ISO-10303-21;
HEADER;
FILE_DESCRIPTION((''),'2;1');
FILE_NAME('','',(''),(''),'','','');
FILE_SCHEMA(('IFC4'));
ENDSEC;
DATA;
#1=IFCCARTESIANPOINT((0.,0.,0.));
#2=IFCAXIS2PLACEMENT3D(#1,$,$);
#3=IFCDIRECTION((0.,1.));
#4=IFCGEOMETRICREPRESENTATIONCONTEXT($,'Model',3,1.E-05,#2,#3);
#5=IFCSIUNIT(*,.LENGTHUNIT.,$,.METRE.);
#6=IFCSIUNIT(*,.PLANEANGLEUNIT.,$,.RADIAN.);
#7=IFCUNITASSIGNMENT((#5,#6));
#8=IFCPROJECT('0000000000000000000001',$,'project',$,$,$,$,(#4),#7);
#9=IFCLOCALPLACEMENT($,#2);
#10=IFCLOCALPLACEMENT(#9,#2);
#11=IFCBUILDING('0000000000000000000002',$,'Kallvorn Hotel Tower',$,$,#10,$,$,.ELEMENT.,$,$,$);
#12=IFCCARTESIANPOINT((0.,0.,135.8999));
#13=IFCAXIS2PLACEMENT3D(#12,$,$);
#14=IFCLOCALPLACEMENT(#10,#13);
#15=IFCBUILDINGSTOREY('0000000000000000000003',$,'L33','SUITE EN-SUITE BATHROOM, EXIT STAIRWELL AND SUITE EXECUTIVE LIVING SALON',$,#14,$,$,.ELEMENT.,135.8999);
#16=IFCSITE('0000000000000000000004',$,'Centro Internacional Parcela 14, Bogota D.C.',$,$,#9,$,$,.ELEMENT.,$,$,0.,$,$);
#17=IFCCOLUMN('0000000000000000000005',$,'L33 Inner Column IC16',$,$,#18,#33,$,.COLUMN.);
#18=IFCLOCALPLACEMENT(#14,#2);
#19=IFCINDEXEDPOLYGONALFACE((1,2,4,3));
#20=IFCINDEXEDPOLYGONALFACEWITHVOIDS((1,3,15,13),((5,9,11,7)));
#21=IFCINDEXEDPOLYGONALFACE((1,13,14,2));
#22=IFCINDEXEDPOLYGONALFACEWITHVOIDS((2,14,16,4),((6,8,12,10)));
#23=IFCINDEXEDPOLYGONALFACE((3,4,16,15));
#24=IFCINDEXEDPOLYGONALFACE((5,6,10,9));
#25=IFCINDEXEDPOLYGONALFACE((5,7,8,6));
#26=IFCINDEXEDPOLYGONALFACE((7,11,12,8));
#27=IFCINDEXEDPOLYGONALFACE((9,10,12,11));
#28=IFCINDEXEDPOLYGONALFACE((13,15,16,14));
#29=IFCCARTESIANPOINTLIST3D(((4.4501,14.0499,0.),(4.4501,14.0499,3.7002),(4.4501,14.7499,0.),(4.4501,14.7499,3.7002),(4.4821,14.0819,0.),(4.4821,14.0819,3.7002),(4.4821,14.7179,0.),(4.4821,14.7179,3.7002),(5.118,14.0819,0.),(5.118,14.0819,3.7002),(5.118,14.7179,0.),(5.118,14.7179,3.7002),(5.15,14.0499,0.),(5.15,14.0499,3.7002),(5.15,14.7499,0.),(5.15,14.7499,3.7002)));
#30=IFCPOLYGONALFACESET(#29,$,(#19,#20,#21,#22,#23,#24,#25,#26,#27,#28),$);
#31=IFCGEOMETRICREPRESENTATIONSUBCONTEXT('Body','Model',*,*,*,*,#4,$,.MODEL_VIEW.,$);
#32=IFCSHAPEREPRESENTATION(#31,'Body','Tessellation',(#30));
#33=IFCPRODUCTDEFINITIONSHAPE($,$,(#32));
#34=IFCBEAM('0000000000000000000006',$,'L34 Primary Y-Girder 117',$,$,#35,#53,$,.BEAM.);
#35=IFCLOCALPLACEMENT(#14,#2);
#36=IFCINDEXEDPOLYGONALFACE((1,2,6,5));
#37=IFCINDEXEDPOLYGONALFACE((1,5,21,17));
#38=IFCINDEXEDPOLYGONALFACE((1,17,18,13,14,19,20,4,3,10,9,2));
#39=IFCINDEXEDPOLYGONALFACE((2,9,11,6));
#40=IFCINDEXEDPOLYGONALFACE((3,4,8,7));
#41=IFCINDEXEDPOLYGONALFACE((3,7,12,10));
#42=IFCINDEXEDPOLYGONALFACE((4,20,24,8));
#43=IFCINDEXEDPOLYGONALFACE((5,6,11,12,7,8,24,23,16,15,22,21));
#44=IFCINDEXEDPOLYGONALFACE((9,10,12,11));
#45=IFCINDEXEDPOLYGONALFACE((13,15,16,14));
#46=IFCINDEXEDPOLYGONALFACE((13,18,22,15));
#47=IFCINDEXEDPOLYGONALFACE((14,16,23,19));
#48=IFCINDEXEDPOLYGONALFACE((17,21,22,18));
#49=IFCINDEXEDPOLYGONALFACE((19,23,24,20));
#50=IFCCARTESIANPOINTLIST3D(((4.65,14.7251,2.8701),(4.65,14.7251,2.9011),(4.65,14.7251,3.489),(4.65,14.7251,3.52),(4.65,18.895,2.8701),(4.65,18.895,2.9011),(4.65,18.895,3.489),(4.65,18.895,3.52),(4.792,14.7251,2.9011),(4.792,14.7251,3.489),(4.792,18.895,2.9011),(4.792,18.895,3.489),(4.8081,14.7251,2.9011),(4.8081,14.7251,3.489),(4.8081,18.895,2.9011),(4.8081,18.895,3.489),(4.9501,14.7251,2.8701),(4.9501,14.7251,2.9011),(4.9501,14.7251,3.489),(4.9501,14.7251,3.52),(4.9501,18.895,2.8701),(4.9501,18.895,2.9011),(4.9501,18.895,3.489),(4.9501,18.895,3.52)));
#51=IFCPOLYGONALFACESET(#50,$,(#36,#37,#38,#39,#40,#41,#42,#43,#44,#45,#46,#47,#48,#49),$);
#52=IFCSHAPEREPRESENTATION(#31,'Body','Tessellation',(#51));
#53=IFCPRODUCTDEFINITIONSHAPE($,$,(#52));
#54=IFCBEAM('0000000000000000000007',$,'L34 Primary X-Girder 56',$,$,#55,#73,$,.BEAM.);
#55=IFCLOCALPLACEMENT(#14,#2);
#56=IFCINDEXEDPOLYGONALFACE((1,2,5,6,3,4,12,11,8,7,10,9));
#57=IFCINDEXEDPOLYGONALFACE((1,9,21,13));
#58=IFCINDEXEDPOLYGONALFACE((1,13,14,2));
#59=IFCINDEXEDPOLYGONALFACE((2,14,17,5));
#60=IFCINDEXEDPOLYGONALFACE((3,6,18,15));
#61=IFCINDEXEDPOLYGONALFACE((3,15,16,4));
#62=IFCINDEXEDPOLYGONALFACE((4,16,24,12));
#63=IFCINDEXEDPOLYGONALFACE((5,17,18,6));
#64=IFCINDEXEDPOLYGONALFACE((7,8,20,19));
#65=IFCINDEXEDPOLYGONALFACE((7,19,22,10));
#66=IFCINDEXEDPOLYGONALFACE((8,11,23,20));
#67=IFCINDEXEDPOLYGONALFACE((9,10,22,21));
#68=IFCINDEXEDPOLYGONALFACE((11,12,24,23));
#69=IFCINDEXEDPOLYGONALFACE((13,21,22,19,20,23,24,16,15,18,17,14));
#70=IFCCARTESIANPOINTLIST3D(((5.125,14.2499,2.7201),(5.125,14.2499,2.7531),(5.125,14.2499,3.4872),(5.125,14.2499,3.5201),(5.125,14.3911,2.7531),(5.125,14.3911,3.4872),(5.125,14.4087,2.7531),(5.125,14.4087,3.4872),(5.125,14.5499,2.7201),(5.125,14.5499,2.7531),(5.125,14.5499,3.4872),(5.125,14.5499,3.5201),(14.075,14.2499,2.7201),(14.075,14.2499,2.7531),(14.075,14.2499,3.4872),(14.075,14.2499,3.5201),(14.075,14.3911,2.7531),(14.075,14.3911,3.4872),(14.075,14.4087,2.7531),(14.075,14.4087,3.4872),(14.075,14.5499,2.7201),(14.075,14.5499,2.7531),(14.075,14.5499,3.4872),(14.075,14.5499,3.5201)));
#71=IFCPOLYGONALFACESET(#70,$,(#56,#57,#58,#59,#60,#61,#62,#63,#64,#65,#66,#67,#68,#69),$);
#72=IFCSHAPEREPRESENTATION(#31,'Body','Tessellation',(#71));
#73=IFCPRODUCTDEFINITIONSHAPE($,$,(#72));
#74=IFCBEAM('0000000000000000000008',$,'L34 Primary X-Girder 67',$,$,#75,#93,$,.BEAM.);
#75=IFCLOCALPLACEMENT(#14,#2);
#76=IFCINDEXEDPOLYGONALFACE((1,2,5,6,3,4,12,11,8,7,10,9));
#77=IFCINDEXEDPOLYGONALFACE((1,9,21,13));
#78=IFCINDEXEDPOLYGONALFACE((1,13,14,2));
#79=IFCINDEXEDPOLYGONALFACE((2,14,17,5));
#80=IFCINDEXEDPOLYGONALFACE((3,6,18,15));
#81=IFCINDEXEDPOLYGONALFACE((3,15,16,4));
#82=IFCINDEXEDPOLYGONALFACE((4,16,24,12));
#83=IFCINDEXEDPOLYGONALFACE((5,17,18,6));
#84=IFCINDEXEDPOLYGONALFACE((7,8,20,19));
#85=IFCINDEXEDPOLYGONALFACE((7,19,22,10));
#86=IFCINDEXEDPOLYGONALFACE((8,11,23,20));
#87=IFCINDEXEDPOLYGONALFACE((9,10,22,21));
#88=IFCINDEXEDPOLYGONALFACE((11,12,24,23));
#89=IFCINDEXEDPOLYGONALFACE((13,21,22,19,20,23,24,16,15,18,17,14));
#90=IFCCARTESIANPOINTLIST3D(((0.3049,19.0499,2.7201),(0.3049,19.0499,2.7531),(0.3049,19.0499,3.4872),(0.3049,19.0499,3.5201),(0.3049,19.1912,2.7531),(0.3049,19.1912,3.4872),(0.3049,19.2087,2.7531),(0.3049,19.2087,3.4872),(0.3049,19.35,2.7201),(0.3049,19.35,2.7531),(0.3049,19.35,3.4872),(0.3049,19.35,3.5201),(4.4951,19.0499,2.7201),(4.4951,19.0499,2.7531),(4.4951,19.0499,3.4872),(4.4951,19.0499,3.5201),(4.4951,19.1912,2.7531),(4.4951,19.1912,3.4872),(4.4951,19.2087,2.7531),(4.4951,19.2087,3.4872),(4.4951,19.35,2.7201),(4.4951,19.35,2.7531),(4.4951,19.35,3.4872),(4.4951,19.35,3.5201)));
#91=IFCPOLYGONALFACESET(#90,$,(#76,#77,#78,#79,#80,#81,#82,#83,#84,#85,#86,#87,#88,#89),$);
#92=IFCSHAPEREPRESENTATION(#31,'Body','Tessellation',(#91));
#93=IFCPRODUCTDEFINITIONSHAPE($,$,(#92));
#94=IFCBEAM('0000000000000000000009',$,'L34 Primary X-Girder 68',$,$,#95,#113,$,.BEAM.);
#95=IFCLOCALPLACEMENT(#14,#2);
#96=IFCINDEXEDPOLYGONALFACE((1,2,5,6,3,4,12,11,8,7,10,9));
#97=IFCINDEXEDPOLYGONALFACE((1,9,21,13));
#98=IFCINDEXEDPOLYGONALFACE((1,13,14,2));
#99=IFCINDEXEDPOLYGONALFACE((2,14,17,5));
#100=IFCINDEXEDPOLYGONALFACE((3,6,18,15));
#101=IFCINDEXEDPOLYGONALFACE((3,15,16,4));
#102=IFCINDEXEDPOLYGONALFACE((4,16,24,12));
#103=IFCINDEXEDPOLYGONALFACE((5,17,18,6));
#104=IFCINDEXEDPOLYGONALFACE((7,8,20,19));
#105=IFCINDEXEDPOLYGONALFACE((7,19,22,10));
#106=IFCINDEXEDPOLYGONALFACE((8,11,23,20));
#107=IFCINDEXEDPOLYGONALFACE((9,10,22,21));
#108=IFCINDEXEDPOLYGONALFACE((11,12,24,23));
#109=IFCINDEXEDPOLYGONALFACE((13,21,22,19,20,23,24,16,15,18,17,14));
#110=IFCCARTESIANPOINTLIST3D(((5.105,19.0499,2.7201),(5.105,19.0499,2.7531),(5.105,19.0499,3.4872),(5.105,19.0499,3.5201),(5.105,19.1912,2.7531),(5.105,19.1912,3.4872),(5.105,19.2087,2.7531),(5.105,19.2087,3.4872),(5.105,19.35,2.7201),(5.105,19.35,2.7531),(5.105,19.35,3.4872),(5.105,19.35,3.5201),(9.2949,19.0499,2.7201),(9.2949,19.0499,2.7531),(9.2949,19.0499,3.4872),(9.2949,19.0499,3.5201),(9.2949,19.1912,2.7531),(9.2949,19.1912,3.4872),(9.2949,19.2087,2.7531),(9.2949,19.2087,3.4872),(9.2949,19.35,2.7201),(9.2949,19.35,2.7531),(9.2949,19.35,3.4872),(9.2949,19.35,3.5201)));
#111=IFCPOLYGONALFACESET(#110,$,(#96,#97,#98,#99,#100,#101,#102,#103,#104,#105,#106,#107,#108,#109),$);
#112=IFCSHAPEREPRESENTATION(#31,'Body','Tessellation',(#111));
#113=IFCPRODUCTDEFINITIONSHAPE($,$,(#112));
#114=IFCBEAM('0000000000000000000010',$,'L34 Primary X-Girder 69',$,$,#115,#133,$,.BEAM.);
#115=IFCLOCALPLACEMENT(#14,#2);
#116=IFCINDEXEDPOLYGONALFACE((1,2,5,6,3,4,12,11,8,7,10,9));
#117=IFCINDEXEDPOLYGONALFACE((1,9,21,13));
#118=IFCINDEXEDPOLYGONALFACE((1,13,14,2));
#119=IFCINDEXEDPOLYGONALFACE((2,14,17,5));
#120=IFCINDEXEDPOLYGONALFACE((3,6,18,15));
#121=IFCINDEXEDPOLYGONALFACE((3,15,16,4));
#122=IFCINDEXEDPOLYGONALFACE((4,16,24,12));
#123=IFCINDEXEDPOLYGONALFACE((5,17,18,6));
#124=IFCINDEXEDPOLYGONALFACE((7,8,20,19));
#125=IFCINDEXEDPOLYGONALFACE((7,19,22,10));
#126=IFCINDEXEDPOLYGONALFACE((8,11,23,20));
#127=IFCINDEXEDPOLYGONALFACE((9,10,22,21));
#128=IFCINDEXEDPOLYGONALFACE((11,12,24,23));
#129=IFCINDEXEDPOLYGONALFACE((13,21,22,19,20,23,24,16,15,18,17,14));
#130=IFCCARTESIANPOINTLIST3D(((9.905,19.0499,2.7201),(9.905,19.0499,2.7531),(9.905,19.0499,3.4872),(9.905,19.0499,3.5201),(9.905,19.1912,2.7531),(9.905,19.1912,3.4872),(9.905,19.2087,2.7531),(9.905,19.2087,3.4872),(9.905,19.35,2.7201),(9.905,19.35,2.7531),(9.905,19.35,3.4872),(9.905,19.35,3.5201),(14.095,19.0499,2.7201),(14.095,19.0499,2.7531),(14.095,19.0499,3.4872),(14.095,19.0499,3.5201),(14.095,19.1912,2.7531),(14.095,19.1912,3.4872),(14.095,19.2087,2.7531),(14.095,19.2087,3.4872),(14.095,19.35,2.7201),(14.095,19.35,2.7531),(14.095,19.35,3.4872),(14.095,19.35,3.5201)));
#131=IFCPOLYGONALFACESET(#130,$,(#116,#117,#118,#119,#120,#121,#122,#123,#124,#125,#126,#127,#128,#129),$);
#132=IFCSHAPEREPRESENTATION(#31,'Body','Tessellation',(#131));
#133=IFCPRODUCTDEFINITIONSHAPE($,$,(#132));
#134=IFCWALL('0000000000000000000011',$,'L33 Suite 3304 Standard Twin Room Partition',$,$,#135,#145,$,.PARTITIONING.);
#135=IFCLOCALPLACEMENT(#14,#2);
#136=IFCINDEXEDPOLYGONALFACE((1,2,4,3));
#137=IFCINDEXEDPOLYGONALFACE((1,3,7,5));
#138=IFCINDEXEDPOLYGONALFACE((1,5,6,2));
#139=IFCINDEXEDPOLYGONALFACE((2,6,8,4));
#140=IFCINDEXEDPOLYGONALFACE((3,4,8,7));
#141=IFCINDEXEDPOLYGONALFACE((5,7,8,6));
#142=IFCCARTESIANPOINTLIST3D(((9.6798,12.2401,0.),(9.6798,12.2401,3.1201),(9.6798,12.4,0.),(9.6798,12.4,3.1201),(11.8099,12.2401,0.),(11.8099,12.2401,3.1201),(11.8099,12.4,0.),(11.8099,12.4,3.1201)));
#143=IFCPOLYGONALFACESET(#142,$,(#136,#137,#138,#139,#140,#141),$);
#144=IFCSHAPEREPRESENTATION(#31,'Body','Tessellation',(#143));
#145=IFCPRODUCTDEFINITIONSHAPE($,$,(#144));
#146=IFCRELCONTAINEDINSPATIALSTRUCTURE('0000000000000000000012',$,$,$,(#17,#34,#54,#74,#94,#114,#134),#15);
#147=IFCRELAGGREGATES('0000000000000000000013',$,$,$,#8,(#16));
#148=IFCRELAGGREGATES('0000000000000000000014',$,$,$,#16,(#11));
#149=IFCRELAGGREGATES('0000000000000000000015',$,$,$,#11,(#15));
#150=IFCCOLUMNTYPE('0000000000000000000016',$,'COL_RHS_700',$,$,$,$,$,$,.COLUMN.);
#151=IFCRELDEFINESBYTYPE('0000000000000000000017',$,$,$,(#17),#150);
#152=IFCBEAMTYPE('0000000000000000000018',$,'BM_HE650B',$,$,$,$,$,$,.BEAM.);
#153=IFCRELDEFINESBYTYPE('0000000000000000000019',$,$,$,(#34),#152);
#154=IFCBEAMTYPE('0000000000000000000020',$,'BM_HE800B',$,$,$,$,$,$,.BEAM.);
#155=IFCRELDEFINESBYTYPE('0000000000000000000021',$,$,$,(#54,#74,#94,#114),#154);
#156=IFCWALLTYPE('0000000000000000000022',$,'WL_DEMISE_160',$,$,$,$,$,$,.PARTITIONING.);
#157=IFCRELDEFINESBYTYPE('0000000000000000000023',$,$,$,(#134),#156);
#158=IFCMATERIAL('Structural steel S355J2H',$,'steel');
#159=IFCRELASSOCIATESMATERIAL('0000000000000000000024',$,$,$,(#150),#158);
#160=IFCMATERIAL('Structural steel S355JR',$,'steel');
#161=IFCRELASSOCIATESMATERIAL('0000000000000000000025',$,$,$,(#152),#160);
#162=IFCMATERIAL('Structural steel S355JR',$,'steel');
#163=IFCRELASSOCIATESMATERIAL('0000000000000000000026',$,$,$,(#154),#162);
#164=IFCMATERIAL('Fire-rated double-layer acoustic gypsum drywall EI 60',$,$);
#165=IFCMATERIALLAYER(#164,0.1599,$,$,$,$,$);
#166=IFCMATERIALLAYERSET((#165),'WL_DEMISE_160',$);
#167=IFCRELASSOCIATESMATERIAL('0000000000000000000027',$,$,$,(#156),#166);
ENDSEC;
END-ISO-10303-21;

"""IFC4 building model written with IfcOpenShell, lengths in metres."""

from ifc_helpers import new_model, si_unit, direction, frame, frame_2d, origin, origin_2d, place, context, subcontext, project, spatial, rectangle, hollow_rectangle, i_section, extrude, material, layer, layer_set, material_profile, profile_set, type_object, element, save


model = new_model("IFC4")

# Units and contexts
model_context = context("Model", 3, precision=1e-05, world=origin(), true_north=direction((0.0, 1.0)))
body_context = subcontext(model_context, "Body", "Model", "MODEL_VIEW")
ifc_project = project(units=[si_unit("LENGTHUNIT", "METRE"), si_unit("PLANEANGLEUNIT", "RADIAN")], contexts=[model_context])

# Site, building, storey
site_placement = place(None, origin())
site = spatial("IfcSite", under=ifc_project, at=site_placement, Name="Centro Internacional Parcela 14, Bogota D.C.", CompositionType="ELEMENT", RefElevation=0.0)
building_placement = place(site_placement, origin())
building = spatial("IfcBuilding", under=site, at=building_placement, Name="Kallvorn Hotel Tower", CompositionType="ELEMENT")
storey_placement = place(building_placement, frame((0.0, 0.0, 135.8999)))
storey = spatial("IfcBuildingStorey", under=building, at=storey_placement, Name="L33", Description="SUITE EN-SUITE BATHROOM, EXIT STAIRWELL AND SUITE EXECUTIVE LIVING SALON", CompositionType="ELEMENT", Elevation=135.8999)

# Column
ifc_material_1 = material(Name="Structural steel S355J2H", Category="steel")
ifc_material_profile_1 = material_profile(ifc_material_1, hollow_rectangle(XDim=0.7, YDim=0.7, WallThickness=0.032, at=origin_2d()), Name="RHS 700x700x32")
ifc_profile_set_1 = profile_set([ifc_material_profile_1], Name="Structural steel S355J2H")
column_type_1 = type_object("IfcColumnType", Name="COL_RHS_700", PredefinedType="COLUMN", material=ifc_profile_set_1)
column_placement = place(storey_placement, frame((4.8, 14.3999, 0.0), z_axis=(0.0, 0.0, 1.0), x_axis=(1.0, 0.0, 0.0)))
element("IfcColumn", 1, at=column_placement, inside=storey, type_object=column_type_1, Name="L33 Inner Column IC16", PredefinedType="COLUMN", context=body_context, shape_type="SweptSolid", body=[
    extrude(hollow_rectangle(XDim=0.7, YDim=0.7, WallThickness=0.032, at=origin_2d()), origin(), (0.0, 0.0, 1.0), 3.7002),
])

# Beams
ifc_material_2 = material(Name="Structural steel S355JR", Category="steel")
ifc_material_profile_2 = material_profile(ifc_material_2, i_section(OverallWidth=0.3, OverallDepth=0.6499, WebThickness=0.0161, FlangeThickness=0.031, at=origin_2d()), Name="HE 650 B")
ifc_profile_set_2 = profile_set([ifc_material_profile_2], Name="Structural steel S355JR")
beam_type_1 = type_object("IfcBeamType", Name="BM_HE650B", PredefinedType="BEAM", material=ifc_profile_set_2)
beam_1_placement = place(storey_placement, frame((4.8, 14.7251, 3.1951), z_axis=(0.0, 1.0, 0.0), x_axis=(-1.0, 0.0, 0.0)))
element("IfcBeam", 2, at=beam_1_placement, inside=storey, type_object=beam_type_1, Name="L34 Primary Y-Girder 117", PredefinedType="BEAM", context=body_context, shape_type="SweptSolid", body=[
    extrude(i_section(OverallWidth=0.3, OverallDepth=0.6499, WebThickness=0.0161, FlangeThickness=0.031, at=origin_2d()), origin(), (0.0, 0.0, 1.0), 4.1699),
])
ifc_material_3 = material(Name="Structural steel S355JR", Category="steel")
ifc_material_profile_3 = material_profile(ifc_material_3, i_section(OverallWidth=0.3, OverallDepth=0.8, WebThickness=0.0176, FlangeThickness=0.033, at=origin_2d()), Name="HE 800 B")
ifc_profile_set_3 = profile_set([ifc_material_profile_3], Name="Structural steel S355JR")
beam_type_2 = type_object("IfcBeamType", Name="BM_HE800B", PredefinedType="BEAM", material=ifc_profile_set_3)
beam_2_placement = place(storey_placement, frame((5.125, 14.3999, 3.1201), z_axis=(1.0, 0.0, 0.0), x_axis=(0.0, 1.0, 0.0)))
element("IfcBeam", 3, at=beam_2_placement, inside=storey, type_object=beam_type_2, Name="L34 Primary X-Girder 56", PredefinedType="BEAM", context=body_context, shape_type="SweptSolid", body=[
    extrude(i_section(OverallWidth=0.3, OverallDepth=0.8, WebThickness=0.0176, FlangeThickness=0.033, at=origin_2d()), origin(), (0.0, 0.0, 1.0), 8.95),
])
beam_3_placement = place(storey_placement, frame((0.3049, 19.2, 3.1201), z_axis=(1.0, 0.0, 0.0), x_axis=(0.0, 1.0, 0.0)))
element("IfcBeam", 4, at=beam_3_placement, inside=storey, type_object=beam_type_2, Name="L34 Primary X-Girder 67", PredefinedType="BEAM", context=body_context, shape_type="SweptSolid", body=[
    extrude(i_section(OverallWidth=0.3, OverallDepth=0.8, WebThickness=0.0176, FlangeThickness=0.033, at=origin_2d()), origin(), (0.0, 0.0, 1.0), 4.1902),
])
for number, where, z_axis, x_axis, name in (
    (5, (5.105, 19.2, 3.1201), (1.0, 0.0, 0.0), (0.0, 1.0, 0.0), "L34 Primary X-Girder 68"),
    (6, (9.905, 19.2, 3.1201), (1.0, 0.0, 0.0), (0.0, 1.0, 0.0), "L34 Primary X-Girder 69"),
):
    element("IfcBeam", number, at=place(storey_placement, frame(where, z_axis=z_axis, x_axis=x_axis)), inside=storey, type_object=beam_type_2, Name=name, PredefinedType="BEAM", context=body_context, shape_type="SweptSolid", body=[
        extrude(i_section(OverallWidth=0.3, OverallDepth=0.8, WebThickness=0.0176, FlangeThickness=0.033, at=origin_2d()), origin(), (0.0, 0.0, 1.0), 4.1899),
    ])

# Wall
ifc_material_4 = material(Name="Fire-rated double-layer acoustic gypsum drywall EI 60")
ifc_layer_1 = layer(ifc_material_4, 0.1599)
ifc_layer_set_1 = layer_set([ifc_layer_1], Name="WL_DEMISE_160")
wall_type_1 = type_object("IfcWallType", Name="WL_DEMISE_160", PredefinedType="PARTITIONING", material=ifc_layer_set_1)
wall_1_placement = place(storey_placement, frame((9.6799, 12.3201, 0.0), z_axis=(0.0, 0.0, 1.0), x_axis=(1.0, 0.0, 0.0)))
element("IfcWall", 7, at=wall_1_placement, inside=storey, type_object=wall_type_1, Name="L33 Suite 3304 Standard Twin Room Partition", PredefinedType="PARTITIONING", context=body_context, shape_type="SweptSolid", body=[
    extrude(rectangle(XDim=2.1301, YDim=0.1599, at=frame_2d((1.0649, 0.0))), origin(), (0.0, 0.0, 1.0), 3.1201),
])

save(model, "model.ifc")
